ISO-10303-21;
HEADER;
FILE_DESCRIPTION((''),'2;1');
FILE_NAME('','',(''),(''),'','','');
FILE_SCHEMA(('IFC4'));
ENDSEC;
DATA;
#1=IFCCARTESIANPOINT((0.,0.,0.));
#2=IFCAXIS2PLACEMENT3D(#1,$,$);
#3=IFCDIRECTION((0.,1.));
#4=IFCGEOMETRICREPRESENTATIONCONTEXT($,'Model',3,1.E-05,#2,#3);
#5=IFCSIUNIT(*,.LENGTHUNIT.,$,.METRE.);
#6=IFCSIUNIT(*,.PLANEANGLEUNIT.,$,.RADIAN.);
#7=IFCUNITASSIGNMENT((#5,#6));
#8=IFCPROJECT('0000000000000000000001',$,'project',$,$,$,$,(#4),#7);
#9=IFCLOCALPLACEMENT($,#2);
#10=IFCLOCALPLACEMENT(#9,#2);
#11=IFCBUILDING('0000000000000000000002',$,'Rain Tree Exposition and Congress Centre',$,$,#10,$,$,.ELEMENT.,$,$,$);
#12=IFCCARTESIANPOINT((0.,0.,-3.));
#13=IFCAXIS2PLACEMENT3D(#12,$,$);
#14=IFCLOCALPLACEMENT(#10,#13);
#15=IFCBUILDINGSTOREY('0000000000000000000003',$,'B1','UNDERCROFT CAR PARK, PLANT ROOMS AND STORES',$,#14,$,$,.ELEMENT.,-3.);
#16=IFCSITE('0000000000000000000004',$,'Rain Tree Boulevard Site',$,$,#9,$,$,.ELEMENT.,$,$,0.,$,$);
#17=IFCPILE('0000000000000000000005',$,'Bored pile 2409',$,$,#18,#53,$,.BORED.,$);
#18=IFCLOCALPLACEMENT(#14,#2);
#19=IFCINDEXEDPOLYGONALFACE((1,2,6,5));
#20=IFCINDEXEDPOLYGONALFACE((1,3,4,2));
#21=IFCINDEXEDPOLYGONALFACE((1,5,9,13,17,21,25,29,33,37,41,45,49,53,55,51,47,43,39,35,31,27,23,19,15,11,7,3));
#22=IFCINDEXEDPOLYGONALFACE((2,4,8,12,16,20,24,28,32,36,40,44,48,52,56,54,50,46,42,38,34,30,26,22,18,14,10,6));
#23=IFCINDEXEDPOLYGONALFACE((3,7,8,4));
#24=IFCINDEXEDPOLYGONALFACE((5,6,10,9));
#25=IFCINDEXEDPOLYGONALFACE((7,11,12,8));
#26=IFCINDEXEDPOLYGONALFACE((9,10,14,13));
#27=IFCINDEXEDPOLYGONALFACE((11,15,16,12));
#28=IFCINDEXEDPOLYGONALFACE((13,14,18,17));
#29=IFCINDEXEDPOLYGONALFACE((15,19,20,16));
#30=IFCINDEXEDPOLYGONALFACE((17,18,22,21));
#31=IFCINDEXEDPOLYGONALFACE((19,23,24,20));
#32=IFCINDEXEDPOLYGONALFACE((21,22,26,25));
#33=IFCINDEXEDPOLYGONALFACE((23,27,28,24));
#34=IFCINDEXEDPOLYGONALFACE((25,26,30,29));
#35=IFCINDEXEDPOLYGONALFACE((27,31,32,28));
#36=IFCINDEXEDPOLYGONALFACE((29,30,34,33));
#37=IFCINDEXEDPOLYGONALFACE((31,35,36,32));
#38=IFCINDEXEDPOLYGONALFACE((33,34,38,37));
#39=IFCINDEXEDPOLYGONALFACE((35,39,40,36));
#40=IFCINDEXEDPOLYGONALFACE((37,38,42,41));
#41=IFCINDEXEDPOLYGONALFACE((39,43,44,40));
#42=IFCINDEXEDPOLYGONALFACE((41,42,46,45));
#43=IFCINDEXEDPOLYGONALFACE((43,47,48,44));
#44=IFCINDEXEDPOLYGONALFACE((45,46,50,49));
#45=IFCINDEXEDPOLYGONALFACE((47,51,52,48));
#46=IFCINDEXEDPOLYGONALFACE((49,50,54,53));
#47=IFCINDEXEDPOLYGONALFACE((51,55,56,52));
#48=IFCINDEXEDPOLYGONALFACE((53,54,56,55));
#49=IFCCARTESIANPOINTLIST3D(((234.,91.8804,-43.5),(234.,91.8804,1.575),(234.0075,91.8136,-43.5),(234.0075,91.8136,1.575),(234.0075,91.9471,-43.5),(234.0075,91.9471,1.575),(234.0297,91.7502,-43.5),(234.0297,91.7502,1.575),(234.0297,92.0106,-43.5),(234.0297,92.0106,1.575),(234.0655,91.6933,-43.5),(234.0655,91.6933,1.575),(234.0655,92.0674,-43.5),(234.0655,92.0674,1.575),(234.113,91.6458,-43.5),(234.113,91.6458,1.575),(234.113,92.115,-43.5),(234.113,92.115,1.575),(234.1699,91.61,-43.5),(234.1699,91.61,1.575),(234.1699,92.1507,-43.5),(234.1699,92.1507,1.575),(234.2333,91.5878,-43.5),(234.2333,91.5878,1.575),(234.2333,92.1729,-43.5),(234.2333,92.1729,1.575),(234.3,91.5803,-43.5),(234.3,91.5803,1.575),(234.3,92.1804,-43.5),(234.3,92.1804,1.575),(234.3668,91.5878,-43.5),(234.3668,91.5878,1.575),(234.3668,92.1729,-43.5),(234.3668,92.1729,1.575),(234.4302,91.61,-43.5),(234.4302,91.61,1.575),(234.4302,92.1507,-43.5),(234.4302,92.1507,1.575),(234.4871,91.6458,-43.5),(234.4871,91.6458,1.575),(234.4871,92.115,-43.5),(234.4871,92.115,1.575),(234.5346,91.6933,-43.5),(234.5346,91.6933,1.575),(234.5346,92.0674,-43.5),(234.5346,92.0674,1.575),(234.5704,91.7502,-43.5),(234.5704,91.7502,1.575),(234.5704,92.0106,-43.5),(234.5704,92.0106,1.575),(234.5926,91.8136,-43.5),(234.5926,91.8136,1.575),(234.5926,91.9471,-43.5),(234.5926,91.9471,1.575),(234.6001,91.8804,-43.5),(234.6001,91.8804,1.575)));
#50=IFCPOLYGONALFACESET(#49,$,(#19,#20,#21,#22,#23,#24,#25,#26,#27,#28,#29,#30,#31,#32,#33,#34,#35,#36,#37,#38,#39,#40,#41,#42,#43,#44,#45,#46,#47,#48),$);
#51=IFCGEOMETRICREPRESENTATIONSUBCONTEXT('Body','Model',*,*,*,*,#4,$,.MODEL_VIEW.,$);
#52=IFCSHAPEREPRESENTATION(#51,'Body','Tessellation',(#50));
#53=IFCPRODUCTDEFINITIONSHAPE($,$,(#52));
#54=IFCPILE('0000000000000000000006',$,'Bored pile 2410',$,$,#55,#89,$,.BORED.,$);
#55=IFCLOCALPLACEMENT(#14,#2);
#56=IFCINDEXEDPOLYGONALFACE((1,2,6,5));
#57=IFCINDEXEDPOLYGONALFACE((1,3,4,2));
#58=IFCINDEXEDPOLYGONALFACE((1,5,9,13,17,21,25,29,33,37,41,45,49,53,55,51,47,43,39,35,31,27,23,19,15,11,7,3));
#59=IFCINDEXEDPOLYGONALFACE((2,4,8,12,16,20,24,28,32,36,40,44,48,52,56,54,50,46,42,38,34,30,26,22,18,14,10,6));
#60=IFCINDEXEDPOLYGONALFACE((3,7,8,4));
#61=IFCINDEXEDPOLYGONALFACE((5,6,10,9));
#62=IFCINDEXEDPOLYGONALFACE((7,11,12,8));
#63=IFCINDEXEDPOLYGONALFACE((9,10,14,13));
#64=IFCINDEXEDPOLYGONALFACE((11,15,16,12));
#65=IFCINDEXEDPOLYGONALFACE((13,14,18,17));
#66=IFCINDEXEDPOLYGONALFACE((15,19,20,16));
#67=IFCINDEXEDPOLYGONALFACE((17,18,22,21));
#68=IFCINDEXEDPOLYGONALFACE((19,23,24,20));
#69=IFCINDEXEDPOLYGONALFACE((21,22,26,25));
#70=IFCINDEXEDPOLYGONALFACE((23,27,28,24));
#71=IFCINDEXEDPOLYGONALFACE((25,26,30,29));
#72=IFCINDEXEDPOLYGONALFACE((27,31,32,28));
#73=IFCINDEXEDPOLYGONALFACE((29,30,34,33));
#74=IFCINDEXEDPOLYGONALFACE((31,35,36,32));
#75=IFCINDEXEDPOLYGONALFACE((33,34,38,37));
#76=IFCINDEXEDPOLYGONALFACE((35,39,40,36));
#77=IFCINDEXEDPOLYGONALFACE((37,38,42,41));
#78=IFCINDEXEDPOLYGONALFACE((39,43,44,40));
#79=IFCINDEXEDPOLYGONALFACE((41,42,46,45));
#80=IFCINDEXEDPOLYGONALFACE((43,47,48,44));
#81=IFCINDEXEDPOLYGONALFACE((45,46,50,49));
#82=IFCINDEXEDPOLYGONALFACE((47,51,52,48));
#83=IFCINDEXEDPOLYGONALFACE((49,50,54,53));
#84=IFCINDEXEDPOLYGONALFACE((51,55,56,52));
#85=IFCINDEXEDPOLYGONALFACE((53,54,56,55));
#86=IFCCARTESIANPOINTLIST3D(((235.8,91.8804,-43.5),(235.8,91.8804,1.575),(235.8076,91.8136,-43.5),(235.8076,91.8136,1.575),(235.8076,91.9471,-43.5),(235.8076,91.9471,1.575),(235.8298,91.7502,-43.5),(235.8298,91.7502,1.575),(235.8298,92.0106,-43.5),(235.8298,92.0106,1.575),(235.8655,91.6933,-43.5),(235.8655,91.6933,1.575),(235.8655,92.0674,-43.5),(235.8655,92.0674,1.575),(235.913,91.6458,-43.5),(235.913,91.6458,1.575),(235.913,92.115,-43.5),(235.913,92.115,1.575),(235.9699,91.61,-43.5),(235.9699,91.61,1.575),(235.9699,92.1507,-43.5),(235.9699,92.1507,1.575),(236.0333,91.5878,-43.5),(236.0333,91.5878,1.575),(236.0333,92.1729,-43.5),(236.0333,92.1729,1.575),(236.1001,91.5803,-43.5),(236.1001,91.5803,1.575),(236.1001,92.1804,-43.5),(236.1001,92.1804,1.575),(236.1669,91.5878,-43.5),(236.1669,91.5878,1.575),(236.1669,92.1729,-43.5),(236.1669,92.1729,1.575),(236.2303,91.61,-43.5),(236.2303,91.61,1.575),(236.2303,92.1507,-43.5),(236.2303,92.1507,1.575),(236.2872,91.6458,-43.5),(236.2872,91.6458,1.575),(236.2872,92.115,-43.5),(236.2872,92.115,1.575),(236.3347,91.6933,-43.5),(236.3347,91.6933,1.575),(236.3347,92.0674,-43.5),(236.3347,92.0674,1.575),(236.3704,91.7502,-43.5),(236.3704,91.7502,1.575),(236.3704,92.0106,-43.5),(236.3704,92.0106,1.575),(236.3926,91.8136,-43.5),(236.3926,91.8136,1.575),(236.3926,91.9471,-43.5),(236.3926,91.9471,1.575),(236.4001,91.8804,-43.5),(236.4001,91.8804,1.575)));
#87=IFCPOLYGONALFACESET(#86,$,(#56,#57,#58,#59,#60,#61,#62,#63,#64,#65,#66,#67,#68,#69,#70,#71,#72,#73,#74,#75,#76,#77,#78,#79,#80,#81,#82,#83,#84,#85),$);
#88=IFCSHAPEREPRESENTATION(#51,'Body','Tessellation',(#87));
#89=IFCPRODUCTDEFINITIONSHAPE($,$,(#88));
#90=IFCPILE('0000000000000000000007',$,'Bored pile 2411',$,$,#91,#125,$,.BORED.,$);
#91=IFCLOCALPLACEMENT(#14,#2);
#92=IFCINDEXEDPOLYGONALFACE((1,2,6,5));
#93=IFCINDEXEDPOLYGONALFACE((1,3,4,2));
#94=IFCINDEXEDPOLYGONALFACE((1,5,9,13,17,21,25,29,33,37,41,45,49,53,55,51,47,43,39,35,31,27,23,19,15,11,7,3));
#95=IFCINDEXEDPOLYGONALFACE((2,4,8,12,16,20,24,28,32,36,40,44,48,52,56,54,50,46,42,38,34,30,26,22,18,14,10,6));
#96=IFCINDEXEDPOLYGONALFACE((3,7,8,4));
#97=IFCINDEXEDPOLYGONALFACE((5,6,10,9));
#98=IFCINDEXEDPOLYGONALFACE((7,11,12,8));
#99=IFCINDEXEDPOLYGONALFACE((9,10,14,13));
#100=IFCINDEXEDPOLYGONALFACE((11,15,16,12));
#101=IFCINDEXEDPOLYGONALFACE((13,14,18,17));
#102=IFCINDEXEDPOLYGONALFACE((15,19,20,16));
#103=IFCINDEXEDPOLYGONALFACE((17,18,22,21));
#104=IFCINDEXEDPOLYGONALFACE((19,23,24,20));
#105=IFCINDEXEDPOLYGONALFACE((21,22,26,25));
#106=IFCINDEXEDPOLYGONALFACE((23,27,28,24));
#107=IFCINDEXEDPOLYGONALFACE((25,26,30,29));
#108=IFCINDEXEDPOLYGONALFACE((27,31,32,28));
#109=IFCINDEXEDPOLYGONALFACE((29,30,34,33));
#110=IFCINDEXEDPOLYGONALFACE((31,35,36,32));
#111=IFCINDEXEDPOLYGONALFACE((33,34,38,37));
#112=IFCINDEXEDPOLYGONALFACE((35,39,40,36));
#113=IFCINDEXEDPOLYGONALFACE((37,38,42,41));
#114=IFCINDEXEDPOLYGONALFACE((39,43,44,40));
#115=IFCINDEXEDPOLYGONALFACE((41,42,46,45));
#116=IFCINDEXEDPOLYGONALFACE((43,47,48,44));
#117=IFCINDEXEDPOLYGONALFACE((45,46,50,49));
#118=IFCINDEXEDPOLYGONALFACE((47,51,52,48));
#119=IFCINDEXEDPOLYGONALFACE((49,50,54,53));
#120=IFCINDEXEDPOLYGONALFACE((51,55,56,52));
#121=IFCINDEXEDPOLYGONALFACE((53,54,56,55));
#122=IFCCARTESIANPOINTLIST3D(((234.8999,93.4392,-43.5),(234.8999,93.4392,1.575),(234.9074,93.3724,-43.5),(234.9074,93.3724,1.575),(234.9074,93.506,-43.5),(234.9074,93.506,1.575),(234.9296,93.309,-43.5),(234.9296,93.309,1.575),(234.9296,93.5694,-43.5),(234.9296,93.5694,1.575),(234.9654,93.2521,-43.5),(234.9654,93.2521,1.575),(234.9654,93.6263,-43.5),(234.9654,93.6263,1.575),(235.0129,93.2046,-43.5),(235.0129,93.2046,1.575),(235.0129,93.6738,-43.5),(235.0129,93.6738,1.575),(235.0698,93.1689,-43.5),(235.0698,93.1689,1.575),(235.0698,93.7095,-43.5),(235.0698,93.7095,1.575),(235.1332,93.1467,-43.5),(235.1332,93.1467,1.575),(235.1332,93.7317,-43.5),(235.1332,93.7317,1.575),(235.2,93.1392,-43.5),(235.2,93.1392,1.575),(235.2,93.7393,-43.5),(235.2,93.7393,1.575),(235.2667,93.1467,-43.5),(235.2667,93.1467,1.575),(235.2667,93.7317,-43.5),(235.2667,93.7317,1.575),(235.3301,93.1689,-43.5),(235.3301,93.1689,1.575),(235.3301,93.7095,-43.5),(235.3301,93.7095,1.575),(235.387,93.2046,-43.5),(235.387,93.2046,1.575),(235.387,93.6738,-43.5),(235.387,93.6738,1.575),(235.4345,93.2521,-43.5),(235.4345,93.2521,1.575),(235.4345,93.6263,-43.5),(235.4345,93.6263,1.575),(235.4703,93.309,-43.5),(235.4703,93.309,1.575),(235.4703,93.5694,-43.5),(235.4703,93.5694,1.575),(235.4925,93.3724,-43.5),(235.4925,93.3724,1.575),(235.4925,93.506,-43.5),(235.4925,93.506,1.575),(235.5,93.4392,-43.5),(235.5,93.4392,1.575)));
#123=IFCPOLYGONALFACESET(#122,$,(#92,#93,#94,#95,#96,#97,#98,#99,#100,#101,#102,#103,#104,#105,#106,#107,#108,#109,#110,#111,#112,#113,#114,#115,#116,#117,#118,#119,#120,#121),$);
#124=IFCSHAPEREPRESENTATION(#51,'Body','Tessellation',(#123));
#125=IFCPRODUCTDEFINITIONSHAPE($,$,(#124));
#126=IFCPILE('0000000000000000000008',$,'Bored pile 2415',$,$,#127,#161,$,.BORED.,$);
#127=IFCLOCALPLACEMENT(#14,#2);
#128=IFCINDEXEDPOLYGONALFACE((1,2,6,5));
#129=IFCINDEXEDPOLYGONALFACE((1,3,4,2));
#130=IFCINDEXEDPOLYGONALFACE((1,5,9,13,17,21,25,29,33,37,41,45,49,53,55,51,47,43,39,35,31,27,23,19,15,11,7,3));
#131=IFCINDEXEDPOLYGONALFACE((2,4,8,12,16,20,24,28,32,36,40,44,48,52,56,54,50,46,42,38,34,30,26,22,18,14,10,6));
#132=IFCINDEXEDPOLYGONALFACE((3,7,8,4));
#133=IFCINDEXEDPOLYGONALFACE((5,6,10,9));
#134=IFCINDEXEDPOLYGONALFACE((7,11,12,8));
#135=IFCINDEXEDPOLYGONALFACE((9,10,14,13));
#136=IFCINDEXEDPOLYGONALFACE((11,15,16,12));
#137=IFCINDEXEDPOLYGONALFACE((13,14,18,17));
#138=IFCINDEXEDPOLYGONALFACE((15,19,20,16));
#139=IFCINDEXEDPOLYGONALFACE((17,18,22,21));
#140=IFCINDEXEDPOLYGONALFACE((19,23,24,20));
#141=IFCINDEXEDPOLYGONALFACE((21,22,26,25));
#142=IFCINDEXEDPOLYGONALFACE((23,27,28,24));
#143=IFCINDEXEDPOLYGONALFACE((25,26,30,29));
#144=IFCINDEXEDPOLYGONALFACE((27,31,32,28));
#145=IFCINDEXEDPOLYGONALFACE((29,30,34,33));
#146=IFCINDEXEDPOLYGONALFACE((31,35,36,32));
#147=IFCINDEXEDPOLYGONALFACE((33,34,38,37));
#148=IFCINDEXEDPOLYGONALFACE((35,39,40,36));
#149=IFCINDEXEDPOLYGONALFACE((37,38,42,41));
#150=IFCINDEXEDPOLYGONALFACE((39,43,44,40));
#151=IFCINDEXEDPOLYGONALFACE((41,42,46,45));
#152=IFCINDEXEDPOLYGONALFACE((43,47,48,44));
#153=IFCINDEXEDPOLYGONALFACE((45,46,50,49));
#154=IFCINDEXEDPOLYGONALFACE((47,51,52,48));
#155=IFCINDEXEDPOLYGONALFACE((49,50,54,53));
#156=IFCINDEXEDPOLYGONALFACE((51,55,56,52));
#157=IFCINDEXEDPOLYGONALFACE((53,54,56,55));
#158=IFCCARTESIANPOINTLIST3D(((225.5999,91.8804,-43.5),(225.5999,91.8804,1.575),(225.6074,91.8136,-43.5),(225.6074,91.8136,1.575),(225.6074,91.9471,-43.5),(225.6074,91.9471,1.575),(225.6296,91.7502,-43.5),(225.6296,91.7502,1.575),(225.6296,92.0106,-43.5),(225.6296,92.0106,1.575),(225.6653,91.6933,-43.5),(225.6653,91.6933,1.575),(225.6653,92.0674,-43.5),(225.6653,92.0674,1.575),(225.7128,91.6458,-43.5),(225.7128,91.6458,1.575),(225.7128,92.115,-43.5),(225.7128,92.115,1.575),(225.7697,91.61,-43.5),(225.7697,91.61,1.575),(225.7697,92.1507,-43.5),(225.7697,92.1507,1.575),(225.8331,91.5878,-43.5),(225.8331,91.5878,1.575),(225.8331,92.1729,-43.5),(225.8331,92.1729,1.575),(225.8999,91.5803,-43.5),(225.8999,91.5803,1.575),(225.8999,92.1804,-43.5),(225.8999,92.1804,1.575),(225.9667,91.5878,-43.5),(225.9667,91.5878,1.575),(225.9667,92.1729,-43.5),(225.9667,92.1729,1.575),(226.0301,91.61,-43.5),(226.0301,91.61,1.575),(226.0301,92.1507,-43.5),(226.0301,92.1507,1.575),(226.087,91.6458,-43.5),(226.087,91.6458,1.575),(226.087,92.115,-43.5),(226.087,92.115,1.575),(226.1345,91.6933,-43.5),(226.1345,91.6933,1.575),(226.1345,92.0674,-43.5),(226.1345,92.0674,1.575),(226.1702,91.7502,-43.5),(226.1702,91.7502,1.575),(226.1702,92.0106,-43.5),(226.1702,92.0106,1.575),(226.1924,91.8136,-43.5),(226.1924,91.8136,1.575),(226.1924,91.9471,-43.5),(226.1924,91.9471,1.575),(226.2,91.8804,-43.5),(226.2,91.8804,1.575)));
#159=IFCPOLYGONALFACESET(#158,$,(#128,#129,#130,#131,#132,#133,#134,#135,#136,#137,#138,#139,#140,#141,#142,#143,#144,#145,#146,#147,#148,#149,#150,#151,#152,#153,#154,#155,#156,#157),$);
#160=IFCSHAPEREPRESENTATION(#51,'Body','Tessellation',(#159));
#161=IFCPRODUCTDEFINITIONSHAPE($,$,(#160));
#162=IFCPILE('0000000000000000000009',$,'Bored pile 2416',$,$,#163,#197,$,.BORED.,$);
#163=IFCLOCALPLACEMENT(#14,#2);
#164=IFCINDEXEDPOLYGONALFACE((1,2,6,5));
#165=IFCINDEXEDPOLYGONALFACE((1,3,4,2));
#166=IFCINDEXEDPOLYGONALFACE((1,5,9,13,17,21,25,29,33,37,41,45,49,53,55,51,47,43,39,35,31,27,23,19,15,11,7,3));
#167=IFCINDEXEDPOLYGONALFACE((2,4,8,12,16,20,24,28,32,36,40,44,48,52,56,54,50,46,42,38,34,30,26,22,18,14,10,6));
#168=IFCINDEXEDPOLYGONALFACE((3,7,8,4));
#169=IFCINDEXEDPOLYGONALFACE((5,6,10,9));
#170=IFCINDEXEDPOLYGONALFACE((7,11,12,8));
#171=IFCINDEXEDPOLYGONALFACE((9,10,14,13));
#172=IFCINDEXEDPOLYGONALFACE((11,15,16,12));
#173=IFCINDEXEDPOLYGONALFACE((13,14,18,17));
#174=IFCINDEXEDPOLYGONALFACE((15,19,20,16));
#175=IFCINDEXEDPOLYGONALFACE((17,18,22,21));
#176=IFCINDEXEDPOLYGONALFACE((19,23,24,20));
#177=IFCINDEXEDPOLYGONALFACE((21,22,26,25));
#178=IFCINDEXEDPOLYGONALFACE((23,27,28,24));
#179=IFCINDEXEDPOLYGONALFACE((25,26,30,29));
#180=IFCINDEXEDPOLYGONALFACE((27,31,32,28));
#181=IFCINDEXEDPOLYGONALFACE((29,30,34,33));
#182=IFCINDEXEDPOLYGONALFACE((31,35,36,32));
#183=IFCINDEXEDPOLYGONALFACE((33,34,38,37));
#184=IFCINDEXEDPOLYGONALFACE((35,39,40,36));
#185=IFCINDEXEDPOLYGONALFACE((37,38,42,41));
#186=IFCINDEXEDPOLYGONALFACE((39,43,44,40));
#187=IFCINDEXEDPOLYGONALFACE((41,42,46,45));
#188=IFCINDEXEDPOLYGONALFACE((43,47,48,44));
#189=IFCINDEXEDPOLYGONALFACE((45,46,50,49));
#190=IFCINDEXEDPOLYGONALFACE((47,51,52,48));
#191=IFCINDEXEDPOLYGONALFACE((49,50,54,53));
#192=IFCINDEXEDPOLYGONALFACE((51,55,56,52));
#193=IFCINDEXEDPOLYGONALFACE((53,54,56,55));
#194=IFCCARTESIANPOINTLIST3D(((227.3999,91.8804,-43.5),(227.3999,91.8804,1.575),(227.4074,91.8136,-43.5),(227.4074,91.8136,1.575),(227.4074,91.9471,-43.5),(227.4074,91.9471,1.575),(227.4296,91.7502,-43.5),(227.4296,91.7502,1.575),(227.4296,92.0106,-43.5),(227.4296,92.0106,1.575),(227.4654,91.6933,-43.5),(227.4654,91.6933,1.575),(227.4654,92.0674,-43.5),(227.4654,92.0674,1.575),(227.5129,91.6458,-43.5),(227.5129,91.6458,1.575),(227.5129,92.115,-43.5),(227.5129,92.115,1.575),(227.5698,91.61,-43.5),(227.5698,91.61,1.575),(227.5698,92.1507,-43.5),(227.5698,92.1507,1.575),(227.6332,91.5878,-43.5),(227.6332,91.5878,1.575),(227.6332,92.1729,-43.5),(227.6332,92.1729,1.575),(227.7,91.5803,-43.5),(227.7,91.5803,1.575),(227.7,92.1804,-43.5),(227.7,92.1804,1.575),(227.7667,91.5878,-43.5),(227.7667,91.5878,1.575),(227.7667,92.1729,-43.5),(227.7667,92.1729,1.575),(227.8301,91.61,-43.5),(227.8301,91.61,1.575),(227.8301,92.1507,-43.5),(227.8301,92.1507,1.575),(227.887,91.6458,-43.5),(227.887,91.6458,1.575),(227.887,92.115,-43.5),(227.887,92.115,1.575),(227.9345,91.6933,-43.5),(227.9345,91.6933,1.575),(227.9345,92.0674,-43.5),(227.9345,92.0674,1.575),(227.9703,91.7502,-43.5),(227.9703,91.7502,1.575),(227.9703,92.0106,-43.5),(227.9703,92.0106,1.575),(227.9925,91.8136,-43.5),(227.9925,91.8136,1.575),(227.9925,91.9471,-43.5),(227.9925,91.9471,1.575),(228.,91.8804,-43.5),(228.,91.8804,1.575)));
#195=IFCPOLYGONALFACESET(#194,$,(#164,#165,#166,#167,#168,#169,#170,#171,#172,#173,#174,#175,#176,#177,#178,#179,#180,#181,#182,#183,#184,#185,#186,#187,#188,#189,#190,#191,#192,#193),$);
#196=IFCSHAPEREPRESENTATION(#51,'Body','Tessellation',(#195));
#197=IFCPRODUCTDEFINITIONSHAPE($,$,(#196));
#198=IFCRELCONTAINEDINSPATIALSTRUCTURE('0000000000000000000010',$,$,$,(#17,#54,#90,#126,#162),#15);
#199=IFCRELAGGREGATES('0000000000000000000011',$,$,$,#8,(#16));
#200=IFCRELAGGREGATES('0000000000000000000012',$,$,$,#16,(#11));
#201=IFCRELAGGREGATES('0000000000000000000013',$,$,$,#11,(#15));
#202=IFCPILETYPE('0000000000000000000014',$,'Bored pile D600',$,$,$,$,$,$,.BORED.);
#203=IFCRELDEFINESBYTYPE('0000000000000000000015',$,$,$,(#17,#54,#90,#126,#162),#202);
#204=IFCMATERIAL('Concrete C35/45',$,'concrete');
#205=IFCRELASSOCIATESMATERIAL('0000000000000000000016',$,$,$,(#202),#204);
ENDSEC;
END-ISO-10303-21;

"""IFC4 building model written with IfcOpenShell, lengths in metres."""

from ifc_helpers import new_model, si_unit, direction, frame, origin, origin_2d, place, context, subcontext, project, spatial, circle, extrude, material, material_profile, profile_set, type_object, element, save


model = new_model("IFC4")

# Units and contexts
model_context = context("Model", 3, precision=1e-05, world=origin(), true_north=direction((0.0, 1.0)))
body_context = subcontext(model_context, "Body", "Model", "MODEL_VIEW")
ifc_project = project(units=[si_unit("LENGTHUNIT", "METRE"), si_unit("PLANEANGLEUNIT", "RADIAN")], contexts=[model_context])

# Site, building, storey
site_placement = place(None, origin())
site = spatial("IfcSite", under=ifc_project, at=site_placement, Name="Rain Tree Boulevard Site", CompositionType="ELEMENT", RefElevation=0.0)
building_placement = place(site_placement, origin())
building = spatial("IfcBuilding", under=site, at=building_placement, Name="Rain Tree Exposition and Congress Centre", CompositionType="ELEMENT")
storey_placement = place(building_placement, frame((0.0, 0.0, -3.0)))
storey = spatial("IfcBuildingStorey", under=building, at=storey_placement, Name="B1", Description="UNDERCROFT CAR PARK, PLANT ROOMS AND STORES", CompositionType="ELEMENT", Elevation=-3.0)

# Piles
ifc_material_1 = material(Name="Concrete C35/45", Category="concrete")
ifc_material_profile_1 = material_profile(ifc_material_1, circle(Radius=0.3, at=origin_2d()), Name="D600")
ifc_profile_set_1 = profile_set([ifc_material_profile_1], Name="Concrete C35/45")
pile_type_1 = type_object("IfcPileType", Name="Bored pile D600", PredefinedType="BORED", material=ifc_profile_set_1)
for number, where, z_axis, x_axis, name in (
    (1, (234.3, 91.8804, 1.575), (0.0, 0.0, -1.0), (1.0, 0.0, 0.0), "Bored pile 2409"),
    (2, (236.1001, 91.8804, 1.575), (0.0, 0.0, -1.0), (1.0, 0.0, 0.0), "Bored pile 2410"),
    (3, (235.2, 93.4392, 1.575), (0.0, 0.0, -1.0), (1.0, 0.0, 0.0), "Bored pile 2411"),
    (4, (225.8999, 91.8804, 1.575), (0.0, 0.0, -1.0), (1.0, 0.0, 0.0), "Bored pile 2415"),
    (5, (227.7, 91.8804, 1.575), (0.0, 0.0, -1.0), (1.0, 0.0, 0.0), "Bored pile 2416"),
):
    element("IfcPile", number, at=place(storey_placement, frame(where, z_axis=z_axis, x_axis=x_axis)), inside=storey, type_object=pile_type_1, Name=name, PredefinedType="BORED", context=body_context, shape_type="SweptSolid", body=[
        extrude(circle(Radius=0.3, at=origin_2d()), origin(), (0.0, 0.0, 1.0), 45.075),
    ])

save(model, "model.ifc")
